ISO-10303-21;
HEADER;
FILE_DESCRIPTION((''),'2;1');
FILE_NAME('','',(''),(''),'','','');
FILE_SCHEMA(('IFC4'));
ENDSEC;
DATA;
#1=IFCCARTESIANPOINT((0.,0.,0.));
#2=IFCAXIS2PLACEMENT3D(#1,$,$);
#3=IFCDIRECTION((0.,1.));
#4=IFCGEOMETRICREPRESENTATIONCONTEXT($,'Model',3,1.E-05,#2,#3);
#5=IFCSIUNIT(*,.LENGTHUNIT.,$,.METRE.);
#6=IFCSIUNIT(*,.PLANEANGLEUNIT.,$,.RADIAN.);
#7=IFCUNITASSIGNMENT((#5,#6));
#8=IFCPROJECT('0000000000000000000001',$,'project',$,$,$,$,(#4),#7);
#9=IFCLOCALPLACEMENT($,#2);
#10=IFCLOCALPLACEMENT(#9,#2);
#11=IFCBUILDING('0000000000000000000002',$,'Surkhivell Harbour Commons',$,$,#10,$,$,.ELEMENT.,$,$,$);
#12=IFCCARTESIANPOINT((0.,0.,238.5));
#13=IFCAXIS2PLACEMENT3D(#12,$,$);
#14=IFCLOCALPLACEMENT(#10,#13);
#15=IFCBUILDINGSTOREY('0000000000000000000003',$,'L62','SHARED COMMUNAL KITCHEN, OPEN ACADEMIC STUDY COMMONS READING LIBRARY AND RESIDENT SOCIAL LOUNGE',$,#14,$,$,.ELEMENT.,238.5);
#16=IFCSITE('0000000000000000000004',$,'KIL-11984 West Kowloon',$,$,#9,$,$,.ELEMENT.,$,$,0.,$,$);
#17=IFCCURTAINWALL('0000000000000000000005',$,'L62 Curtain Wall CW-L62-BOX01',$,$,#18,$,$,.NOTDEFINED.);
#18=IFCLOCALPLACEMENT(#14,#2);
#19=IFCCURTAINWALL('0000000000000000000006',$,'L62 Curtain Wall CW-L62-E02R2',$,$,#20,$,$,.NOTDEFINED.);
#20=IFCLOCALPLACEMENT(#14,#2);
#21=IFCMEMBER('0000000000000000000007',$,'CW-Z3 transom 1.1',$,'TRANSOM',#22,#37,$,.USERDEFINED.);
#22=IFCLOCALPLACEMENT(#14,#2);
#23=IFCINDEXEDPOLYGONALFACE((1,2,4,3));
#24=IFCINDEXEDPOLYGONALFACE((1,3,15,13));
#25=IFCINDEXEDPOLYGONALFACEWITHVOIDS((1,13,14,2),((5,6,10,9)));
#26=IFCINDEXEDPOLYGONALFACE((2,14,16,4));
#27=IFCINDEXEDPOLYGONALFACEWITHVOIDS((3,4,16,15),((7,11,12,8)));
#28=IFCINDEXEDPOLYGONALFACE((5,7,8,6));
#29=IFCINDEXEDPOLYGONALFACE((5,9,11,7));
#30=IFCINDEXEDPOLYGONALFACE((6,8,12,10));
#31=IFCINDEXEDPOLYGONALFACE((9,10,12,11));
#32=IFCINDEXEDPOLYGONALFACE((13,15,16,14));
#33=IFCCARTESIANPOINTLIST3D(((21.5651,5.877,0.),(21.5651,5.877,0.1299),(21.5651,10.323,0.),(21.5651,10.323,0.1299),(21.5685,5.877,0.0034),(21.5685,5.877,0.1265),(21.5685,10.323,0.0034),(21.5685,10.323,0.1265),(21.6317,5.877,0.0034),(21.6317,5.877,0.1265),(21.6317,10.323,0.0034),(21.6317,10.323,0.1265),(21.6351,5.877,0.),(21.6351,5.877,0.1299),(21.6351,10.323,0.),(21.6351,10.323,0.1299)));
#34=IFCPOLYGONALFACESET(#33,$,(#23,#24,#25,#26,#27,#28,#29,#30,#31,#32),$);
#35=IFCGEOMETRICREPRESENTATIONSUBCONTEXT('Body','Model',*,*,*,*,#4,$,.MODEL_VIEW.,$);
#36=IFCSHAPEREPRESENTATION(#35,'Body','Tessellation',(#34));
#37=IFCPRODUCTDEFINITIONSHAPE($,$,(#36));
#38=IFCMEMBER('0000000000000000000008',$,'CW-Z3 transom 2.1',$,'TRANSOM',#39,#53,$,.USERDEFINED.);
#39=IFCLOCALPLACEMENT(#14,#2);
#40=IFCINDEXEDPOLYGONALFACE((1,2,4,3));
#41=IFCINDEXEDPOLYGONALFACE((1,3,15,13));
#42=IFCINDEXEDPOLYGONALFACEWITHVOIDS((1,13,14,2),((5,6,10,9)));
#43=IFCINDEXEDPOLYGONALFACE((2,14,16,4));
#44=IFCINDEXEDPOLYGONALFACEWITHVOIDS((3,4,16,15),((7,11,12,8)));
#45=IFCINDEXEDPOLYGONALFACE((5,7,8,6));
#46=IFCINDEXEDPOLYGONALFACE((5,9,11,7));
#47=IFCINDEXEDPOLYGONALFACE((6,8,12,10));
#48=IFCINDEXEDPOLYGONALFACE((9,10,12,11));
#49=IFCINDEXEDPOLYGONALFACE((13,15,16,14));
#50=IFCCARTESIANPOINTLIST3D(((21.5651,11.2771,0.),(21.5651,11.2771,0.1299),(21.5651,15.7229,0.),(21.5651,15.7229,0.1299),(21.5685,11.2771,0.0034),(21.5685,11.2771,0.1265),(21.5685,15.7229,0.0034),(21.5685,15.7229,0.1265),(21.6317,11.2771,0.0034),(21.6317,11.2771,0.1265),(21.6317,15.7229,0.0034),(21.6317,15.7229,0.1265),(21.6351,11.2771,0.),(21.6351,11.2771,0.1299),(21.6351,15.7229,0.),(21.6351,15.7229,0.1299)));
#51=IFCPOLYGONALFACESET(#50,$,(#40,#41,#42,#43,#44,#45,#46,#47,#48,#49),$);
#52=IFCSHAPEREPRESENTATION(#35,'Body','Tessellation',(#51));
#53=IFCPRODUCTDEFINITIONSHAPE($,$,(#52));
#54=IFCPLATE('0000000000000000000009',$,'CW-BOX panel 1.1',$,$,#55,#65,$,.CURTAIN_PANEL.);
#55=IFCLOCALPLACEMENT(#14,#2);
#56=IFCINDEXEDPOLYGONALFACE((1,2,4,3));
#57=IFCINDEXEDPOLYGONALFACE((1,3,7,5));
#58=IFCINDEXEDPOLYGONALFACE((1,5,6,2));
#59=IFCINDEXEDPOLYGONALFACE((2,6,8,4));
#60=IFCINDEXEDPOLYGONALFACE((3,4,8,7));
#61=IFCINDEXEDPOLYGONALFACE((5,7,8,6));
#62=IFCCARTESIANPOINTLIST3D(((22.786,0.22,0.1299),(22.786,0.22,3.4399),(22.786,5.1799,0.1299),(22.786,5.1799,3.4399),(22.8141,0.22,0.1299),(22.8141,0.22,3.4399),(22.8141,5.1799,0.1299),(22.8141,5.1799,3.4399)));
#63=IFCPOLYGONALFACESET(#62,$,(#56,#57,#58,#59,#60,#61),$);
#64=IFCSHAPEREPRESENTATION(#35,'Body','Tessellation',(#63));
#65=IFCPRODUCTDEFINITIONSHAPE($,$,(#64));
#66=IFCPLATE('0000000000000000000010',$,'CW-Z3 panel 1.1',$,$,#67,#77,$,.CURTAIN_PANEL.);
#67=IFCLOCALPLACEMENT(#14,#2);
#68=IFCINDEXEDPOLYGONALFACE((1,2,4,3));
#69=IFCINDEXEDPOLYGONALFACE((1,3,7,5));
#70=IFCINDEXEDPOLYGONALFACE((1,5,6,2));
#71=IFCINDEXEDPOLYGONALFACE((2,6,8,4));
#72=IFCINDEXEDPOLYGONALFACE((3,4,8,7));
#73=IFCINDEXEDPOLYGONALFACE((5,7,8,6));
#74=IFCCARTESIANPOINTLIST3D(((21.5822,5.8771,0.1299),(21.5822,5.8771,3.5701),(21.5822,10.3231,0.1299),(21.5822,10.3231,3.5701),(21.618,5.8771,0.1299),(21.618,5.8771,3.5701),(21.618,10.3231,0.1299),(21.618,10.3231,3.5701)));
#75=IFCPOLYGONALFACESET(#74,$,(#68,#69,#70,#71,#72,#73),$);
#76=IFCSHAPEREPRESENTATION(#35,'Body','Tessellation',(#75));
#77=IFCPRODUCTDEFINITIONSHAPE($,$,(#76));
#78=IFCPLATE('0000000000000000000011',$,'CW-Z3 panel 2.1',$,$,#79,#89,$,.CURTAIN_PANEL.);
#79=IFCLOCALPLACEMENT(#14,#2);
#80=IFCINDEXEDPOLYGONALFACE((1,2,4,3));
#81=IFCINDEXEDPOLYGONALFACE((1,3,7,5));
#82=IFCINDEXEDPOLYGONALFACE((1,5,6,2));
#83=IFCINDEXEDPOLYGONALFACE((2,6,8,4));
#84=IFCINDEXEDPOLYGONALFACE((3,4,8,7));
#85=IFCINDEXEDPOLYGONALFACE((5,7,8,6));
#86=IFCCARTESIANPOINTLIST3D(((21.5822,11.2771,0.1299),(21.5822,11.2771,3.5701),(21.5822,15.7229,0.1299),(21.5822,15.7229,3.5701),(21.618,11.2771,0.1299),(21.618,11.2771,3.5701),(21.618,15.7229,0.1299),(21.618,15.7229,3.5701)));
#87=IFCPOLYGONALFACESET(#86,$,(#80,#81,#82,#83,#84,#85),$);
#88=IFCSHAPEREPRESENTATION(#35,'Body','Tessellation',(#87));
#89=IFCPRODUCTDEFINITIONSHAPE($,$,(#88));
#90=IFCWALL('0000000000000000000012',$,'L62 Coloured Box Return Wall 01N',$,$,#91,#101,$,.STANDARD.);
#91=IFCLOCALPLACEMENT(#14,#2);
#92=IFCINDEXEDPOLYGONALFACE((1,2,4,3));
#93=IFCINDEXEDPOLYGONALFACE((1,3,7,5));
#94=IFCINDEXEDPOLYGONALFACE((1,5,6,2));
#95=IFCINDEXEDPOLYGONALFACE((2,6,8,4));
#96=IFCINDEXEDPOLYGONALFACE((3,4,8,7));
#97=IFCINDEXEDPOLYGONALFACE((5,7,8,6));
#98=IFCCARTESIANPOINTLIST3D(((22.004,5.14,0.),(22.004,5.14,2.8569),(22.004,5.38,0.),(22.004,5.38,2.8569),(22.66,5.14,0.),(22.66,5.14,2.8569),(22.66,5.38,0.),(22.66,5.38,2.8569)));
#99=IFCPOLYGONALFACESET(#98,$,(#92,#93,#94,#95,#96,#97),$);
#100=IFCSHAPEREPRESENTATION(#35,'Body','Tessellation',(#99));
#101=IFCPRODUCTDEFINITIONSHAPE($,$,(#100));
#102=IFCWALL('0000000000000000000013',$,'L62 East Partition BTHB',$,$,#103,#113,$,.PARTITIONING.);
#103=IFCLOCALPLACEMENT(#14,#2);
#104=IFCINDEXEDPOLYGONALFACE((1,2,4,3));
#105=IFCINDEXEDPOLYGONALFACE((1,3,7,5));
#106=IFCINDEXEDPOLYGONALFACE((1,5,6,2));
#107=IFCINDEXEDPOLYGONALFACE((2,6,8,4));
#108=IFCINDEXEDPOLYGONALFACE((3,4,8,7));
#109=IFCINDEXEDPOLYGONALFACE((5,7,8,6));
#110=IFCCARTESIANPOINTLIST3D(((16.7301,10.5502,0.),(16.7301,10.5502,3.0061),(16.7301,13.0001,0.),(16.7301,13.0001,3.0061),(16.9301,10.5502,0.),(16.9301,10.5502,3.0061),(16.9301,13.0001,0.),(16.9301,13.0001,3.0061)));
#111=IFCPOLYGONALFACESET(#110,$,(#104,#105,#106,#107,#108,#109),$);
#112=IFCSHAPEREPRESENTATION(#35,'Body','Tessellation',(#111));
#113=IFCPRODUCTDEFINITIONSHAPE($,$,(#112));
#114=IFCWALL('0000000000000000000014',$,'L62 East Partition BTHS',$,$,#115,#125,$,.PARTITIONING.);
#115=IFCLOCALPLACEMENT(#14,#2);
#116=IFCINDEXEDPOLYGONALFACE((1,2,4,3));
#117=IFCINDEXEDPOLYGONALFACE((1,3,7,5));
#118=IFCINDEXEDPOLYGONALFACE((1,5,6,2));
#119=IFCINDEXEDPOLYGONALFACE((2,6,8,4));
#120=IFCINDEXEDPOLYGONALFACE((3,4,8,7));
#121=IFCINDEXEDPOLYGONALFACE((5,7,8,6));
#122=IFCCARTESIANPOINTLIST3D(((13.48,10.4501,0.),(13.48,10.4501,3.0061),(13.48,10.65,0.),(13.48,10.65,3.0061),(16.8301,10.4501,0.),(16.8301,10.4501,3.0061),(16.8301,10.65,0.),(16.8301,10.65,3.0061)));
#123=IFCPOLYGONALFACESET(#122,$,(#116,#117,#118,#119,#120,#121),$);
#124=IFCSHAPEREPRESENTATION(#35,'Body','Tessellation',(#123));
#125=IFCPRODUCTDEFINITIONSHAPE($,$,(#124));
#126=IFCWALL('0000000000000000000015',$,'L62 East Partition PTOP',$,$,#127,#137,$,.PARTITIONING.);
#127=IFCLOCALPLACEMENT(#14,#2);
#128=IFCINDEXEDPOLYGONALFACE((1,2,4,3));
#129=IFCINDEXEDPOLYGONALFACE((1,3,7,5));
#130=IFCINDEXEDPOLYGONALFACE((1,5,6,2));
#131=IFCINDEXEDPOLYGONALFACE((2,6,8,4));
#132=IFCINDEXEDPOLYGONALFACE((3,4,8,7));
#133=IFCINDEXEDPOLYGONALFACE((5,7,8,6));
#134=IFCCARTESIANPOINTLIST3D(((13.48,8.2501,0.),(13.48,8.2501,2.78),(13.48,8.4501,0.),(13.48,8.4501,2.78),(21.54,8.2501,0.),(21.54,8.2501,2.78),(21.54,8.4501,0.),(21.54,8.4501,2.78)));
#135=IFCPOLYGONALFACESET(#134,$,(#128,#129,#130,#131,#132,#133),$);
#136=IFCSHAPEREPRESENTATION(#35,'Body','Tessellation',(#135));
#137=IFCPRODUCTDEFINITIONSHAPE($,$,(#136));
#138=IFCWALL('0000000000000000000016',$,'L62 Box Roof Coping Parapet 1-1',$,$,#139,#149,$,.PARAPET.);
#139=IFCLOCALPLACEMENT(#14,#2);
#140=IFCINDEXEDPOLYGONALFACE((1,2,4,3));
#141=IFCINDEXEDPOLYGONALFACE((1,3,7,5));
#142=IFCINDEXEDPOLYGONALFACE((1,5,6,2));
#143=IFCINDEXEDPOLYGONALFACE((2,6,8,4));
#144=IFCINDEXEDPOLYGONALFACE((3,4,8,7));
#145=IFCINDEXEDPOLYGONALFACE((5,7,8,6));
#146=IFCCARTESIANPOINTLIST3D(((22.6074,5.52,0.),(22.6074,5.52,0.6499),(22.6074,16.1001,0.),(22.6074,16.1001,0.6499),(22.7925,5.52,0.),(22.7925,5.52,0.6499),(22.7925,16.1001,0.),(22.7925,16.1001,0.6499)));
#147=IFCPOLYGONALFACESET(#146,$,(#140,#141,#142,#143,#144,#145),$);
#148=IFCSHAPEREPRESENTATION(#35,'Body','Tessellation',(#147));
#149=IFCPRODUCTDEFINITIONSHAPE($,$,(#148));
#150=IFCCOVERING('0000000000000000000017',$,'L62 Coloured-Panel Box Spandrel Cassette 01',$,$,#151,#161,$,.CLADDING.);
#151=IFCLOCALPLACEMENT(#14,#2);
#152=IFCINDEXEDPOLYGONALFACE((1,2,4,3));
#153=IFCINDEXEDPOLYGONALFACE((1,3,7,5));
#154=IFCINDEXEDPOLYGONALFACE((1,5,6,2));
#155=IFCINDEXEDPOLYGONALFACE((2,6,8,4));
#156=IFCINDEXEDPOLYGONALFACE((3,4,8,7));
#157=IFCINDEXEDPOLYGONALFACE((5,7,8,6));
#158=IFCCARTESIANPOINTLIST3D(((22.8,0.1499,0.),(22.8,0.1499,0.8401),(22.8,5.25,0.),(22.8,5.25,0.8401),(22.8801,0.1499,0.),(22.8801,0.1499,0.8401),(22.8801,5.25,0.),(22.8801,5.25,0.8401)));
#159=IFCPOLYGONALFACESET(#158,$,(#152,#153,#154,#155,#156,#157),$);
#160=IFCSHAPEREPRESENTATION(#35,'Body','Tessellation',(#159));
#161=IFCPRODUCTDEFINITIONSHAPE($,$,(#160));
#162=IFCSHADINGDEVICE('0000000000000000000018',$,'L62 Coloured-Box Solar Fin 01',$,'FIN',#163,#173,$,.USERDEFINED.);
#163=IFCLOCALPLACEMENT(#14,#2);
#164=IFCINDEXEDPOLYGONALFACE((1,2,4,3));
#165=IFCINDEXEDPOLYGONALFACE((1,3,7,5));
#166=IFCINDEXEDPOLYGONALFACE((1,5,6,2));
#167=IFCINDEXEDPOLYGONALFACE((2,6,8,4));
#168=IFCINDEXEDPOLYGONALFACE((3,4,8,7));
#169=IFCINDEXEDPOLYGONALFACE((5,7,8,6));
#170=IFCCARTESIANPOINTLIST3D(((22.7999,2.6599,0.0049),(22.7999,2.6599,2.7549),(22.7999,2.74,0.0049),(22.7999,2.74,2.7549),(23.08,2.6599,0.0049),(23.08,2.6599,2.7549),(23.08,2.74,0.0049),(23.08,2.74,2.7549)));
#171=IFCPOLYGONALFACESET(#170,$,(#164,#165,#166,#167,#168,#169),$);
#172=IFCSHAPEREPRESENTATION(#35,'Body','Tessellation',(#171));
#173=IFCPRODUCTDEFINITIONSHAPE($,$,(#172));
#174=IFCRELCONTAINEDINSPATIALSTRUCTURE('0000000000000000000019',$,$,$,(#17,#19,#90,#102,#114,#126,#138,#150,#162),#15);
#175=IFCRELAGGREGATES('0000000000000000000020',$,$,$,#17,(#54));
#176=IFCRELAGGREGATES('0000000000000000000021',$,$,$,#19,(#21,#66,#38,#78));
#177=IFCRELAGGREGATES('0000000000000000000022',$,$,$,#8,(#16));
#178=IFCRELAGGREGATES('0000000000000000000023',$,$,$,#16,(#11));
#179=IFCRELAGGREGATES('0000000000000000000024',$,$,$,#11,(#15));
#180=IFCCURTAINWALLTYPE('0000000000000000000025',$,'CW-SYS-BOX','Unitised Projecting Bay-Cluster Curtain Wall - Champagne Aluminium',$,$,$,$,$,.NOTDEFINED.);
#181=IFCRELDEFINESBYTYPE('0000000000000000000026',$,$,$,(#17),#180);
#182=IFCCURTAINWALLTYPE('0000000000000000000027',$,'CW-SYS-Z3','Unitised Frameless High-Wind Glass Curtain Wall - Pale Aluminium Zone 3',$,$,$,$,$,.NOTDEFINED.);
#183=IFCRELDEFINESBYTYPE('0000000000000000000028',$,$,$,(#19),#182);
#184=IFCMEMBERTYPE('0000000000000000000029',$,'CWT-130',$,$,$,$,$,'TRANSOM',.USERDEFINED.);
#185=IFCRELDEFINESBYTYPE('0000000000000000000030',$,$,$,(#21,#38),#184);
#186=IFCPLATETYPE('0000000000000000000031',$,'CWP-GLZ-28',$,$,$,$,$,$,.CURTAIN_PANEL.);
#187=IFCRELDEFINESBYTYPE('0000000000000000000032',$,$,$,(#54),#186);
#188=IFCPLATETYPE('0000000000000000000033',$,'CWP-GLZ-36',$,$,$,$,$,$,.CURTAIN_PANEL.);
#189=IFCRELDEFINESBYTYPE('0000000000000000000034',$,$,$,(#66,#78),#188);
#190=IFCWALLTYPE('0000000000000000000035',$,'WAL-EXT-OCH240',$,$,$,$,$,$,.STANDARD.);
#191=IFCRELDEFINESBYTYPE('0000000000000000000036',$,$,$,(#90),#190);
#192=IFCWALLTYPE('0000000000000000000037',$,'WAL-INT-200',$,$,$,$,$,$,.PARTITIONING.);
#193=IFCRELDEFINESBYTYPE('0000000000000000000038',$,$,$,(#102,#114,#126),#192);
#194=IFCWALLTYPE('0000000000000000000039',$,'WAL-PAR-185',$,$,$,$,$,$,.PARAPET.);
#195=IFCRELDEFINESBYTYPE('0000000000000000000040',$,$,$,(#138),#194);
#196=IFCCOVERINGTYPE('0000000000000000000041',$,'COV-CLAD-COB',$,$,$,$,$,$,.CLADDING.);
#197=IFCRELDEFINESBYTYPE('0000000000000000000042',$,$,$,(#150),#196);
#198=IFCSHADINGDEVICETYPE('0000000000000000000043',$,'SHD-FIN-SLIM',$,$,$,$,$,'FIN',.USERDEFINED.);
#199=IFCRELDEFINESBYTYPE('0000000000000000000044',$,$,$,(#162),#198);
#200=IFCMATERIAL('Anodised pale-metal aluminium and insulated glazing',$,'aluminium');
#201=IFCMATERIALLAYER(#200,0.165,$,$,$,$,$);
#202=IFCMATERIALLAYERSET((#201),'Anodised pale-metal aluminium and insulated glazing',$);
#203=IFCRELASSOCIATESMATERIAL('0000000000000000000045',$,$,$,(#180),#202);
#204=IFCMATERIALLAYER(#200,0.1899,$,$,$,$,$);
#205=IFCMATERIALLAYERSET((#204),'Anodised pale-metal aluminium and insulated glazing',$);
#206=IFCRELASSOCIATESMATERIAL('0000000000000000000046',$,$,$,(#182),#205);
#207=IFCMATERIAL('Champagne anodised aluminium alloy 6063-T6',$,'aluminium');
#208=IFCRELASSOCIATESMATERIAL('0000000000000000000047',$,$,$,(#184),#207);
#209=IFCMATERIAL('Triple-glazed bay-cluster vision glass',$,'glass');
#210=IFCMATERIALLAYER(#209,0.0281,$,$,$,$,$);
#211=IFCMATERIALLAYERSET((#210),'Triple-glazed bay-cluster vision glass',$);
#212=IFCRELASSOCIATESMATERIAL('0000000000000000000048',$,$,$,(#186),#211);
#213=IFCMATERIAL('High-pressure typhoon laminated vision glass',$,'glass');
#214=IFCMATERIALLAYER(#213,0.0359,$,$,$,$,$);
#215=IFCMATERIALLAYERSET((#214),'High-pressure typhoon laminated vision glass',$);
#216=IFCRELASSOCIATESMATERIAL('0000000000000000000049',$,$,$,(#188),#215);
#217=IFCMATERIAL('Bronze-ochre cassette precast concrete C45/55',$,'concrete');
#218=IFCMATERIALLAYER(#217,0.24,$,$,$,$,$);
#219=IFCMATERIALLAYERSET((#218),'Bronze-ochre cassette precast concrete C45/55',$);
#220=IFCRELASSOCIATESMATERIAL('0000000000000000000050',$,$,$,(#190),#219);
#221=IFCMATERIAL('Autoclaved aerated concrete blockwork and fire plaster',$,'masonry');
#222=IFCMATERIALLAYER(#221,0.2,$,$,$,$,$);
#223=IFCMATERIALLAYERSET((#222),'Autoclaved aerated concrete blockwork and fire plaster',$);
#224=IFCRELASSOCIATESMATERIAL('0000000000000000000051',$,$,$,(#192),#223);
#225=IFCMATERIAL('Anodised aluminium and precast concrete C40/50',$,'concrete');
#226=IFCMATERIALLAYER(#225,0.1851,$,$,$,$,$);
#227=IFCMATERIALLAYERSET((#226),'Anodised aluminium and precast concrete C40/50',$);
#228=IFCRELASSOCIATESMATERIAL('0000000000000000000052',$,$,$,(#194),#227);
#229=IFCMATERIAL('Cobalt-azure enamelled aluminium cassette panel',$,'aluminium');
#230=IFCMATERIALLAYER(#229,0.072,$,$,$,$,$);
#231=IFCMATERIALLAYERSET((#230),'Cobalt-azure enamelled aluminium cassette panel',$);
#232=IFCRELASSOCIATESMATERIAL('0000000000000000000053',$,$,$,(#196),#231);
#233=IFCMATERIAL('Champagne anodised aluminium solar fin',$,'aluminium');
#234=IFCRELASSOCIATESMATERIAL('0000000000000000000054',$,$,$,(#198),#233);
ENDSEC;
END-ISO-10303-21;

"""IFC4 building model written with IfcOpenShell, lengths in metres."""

from ifc_helpers import new_model, si_unit, direction, frame, frame_2d, origin, origin_2d, place, context, subcontext, project, spatial, rectangle, hollow_rectangle, extrude, material, layer, layer_set, material_profile, profile_set, type_object, element, aggregate, save


model = new_model("IFC4")

# Units and contexts
model_context = context("Model", 3, precision=1e-05, world=origin(), true_north=direction((0.0, 1.0)))
body_context = subcontext(model_context, "Body", "Model", "MODEL_VIEW")
ifc_project = project(units=[si_unit("LENGTHUNIT", "METRE"), si_unit("PLANEANGLEUNIT", "RADIAN")], contexts=[model_context])

# Site, building, storey
site_placement = place(None, origin())
site = spatial("IfcSite", under=ifc_project, at=site_placement, Name="KIL-11984 West Kowloon", CompositionType="ELEMENT", RefElevation=0.0)
building_placement = place(site_placement, origin())
building = spatial("IfcBuilding", under=site, at=building_placement, Name="Surkhivell Harbour Commons", CompositionType="ELEMENT")
storey_placement = place(building_placement, frame((0.0, 0.0, 238.5)))
storey = spatial("IfcBuildingStorey", under=building, at=storey_placement, Name="L62", Description="SHARED COMMUNAL KITCHEN, OPEN ACADEMIC STUDY COMMONS READING LIBRARY AND RESIDENT SOCIAL LOUNGE", CompositionType="ELEMENT", Elevation=238.5)

# Curtain wall
ifc_material_1 = material(Name="Anodised pale-metal aluminium and insulated glazing", Category="aluminium")
ifc_layer_1 = layer(ifc_material_1, 0.165)
ifc_layer_set_1 = layer_set([ifc_layer_1], Name="Anodised pale-metal aluminium and insulated glazing")
curtain_wall_type_1 = type_object("IfcCurtainWallType", Name="CW-SYS-BOX", Description="Unitised Projecting Bay-Cluster Curtain Wall - Champagne Aluminium", PredefinedType="NOTDEFINED", material=ifc_layer_set_1)
curtain_wall_1_placement = place(storey_placement, origin())
curtain_wall_1 = element("IfcCurtainWall", 1, at=curtain_wall_1_placement, inside=storey, type_object=curtain_wall_type_1, Name="L62 Curtain Wall CW-L62-BOX01", PredefinedType="NOTDEFINED")
ifc_material_2 = material(Name="Champagne anodised aluminium alloy 6063-T6", Category="aluminium")

# Curtain wall
ifc_layer_2 = layer(ifc_material_1, 0.1899)
ifc_layer_set_2 = layer_set([ifc_layer_2], Name="Anodised pale-metal aluminium and insulated glazing")
curtain_wall_type_2 = type_object("IfcCurtainWallType", Name="CW-SYS-Z3", Description="Unitised Frameless High-Wind Glass Curtain Wall - Pale Aluminium Zone 3", PredefinedType="NOTDEFINED", material=ifc_layer_set_2)
curtain_wall_2_placement = place(storey_placement, origin())
curtain_wall_2 = element("IfcCurtainWall", 2, at=curtain_wall_2_placement, inside=storey, type_object=curtain_wall_type_2, Name="L62 Curtain Wall CW-L62-E02R2", PredefinedType="NOTDEFINED")

# Members
ifc_material_profile_1 = material_profile(ifc_material_2, hollow_rectangle(XDim=0.0701, YDim=0.1299, WallThickness=0.0034, at=origin_2d()), Name="ALU-TRAN-70x130")
ifc_profile_set_1 = profile_set([ifc_material_profile_1], Name="Champagne anodised aluminium alloy 6063-T6")
member_type_1 = type_object("IfcMemberType", Name="CWT-130", ElementType="TRANSOM", PredefinedType="USERDEFINED", material=ifc_profile_set_1)
member_1_placement = place(storey_placement, frame((21.6001, 5.877, 0.0649), z_axis=(0.0, 1.0, 0.0), x_axis=(-1.0, 0.0, 0.0)))
member_1 = element("IfcMember", 3, at=member_1_placement, type_object=member_type_1, Name="CW-Z3 transom 1.1", ObjectType="TRANSOM", PredefinedType="USERDEFINED", context=body_context, shape_type="SweptSolid", body=[
    extrude(hollow_rectangle(XDim=0.0701, YDim=0.1299, WallThickness=0.0034, at=origin_2d()), origin(), (0.0, 0.0, 1.0), 4.446),
])
member_2_placement = place(storey_placement, frame((21.6001, 11.2771, 0.0649), z_axis=(0.0, 1.0, 0.0), x_axis=(-1.0, 0.0, 0.0)))
member_2 = element("IfcMember", 4, at=member_2_placement, type_object=member_type_1, Name="CW-Z3 transom 2.1", ObjectType="TRANSOM", PredefinedType="USERDEFINED", context=body_context, shape_type="SweptSolid", body=[
    extrude(hollow_rectangle(XDim=0.0701, YDim=0.1299, WallThickness=0.0034, at=origin_2d()), origin(), (0.0, 0.0, 1.0), 4.4458),
])

# Plates
ifc_material_3 = material(Name="Triple-glazed bay-cluster vision glass", Category="glass")
ifc_layer_3 = layer(ifc_material_3, 0.0281)
ifc_layer_set_3 = layer_set([ifc_layer_3], Name="Triple-glazed bay-cluster vision glass")
plate_type_1 = type_object("IfcPlateType", Name="CWP-GLZ-28", PredefinedType="CURTAIN_PANEL", material=ifc_layer_set_3)
plate_1_placement = place(storey_placement, frame((22.8, 0.22, 0.1299), z_axis=(0.0, 0.0, 1.0), x_axis=(0.0, 1.0, 0.0)))
plate_1 = element("IfcPlate", 5, at=plate_1_placement, type_object=plate_type_1, Name="CW-BOX panel 1.1", PredefinedType="CURTAIN_PANEL", context=body_context, shape_type="SweptSolid", body=[
    extrude(rectangle(XDim=4.96, YDim=0.0281, at=frame_2d((2.48, 0.0))), origin(), (0.0, 0.0, 1.0), 3.3101),
])
aggregate(curtain_wall_1, [plate_1])
ifc_material_4 = material(Name="High-pressure typhoon laminated vision glass", Category="glass")
ifc_layer_4 = layer(ifc_material_4, 0.0359)
ifc_layer_set_4 = layer_set([ifc_layer_4], Name="High-pressure typhoon laminated vision glass")
plate_type_2 = type_object("IfcPlateType", Name="CWP-GLZ-36", PredefinedType="CURTAIN_PANEL", material=ifc_layer_set_4)
plate_2_placement = place(storey_placement, frame((21.6001, 5.877, 0.1299), z_axis=(0.0, 0.0, 1.0), x_axis=(0.0, 1.0, 0.0)))
plate_2 = element("IfcPlate", 6, at=plate_2_placement, type_object=plate_type_2, Name="CW-Z3 panel 1.1", PredefinedType="CURTAIN_PANEL", context=body_context, shape_type="SweptSolid", body=[
    extrude(rectangle(XDim=4.446, YDim=0.0359, at=frame_2d((2.2231, 0.0))), origin(), (0.0, 0.0, 1.0), 3.4402),
])
plate_3_placement = place(storey_placement, frame((21.6001, 11.2771, 0.1299), z_axis=(0.0, 0.0, 1.0), x_axis=(0.0, 1.0, 0.0)))
plate_3 = element("IfcPlate", 7, at=plate_3_placement, type_object=plate_type_2, Name="CW-Z3 panel 2.1", PredefinedType="CURTAIN_PANEL", context=body_context, shape_type="SweptSolid", body=[
    extrude(rectangle(XDim=4.4458, YDim=0.0359, at=frame_2d((2.2229, 0.0))), origin(), (0.0, 0.0, 1.0), 3.4402),
])
aggregate(curtain_wall_2, [member_1, plate_2, member_2, plate_3])

# Walls
ifc_material_5 = material(Name="Bronze-ochre cassette precast concrete C45/55", Category="concrete")
ifc_layer_5 = layer(ifc_material_5, 0.24)
ifc_layer_set_5 = layer_set([ifc_layer_5], Name="Bronze-ochre cassette precast concrete C45/55")
wall_type_1 = type_object("IfcWallType", Name="WAL-EXT-OCH240", PredefinedType="STANDARD", material=ifc_layer_set_5)
wall_1_placement = place(storey_placement, frame((22.0039, 5.26, 0.0), z_axis=(0.0, 0.0, 1.0), x_axis=(1.0, 0.0, 0.0)))
element("IfcWall", 8, at=wall_1_placement, inside=storey, type_object=wall_type_1, Name="L62 Coloured Box Return Wall 01N", PredefinedType="STANDARD", context=body_context, shape_type="SweptSolid", body=[
    extrude(rectangle(XDim=0.656, YDim=0.24, at=frame_2d((0.3281, 0.0))), origin(), (0.0, 0.0, 1.0), 2.8569),
])
ifc_material_6 = material(Name="Autoclaved aerated concrete blockwork and fire plaster", Category="masonry")
ifc_layer_6 = layer(ifc_material_6, 0.2)
ifc_layer_set_6 = layer_set([ifc_layer_6], Name="Autoclaved aerated concrete blockwork and fire plaster")
wall_type_2 = type_object("IfcWallType", Name="WAL-INT-200", PredefinedType="PARTITIONING", material=ifc_layer_set_6)
wall_2_placement = place(storey_placement, frame((16.8301, 10.55, 0.0), z_axis=(0.0, 0.0, 1.0), x_axis=(0.0, 1.0, 0.0)))
element("IfcWall", 9, at=wall_2_placement, inside=storey, type_object=wall_type_2, Name="L62 East Partition BTHB", PredefinedType="PARTITIONING", context=body_context, shape_type="SweptSolid", body=[
    extrude(rectangle(XDim=2.45, YDim=0.2, at=frame_2d((1.2251, 0.0))), origin(), (0.0, 0.0, 1.0), 3.0061),
])
wall_3_placement = place(storey_placement, frame((13.48, 10.55, 0.0), z_axis=(0.0, 0.0, 1.0), x_axis=(1.0, 0.0, 0.0)))
element("IfcWall", 10, at=wall_3_placement, inside=storey, type_object=wall_type_2, Name="L62 East Partition BTHS", PredefinedType="PARTITIONING", context=body_context, shape_type="SweptSolid", body=[
    extrude(rectangle(XDim=3.3501, YDim=0.2, at=frame_2d((1.675, 0.0))), origin(), (0.0, 0.0, 1.0), 3.0061),
])
wall_4_placement = place(storey_placement, frame((13.48, 8.3501, 0.0), z_axis=(0.0, 0.0, 1.0), x_axis=(1.0, 0.0, 0.0)))
element("IfcWall", 11, at=wall_4_placement, inside=storey, type_object=wall_type_2, Name="L62 East Partition PTOP", PredefinedType="PARTITIONING", context=body_context, shape_type="SweptSolid", body=[
    extrude(rectangle(XDim=8.0601, YDim=0.2, at=frame_2d((4.03, 0.0))), origin(), (0.0, 0.0, 1.0), 2.78),
])
ifc_material_7 = material(Name="Anodised aluminium and precast concrete C40/50", Category="concrete")
ifc_layer_7 = layer(ifc_material_7, 0.1851)
ifc_layer_set_7 = layer_set([ifc_layer_7], Name="Anodised aluminium and precast concrete C40/50")
wall_type_3 = type_object("IfcWallType", Name="WAL-PAR-185", PredefinedType="PARAPET", material=ifc_layer_set_7)
wall_5_placement = place(storey_placement, frame((22.7, 5.52, 0.0), z_axis=(0.0, 0.0, 1.0), x_axis=(0.0, 1.0, 0.0)))
element("IfcWall", 12, at=wall_5_placement, inside=storey, type_object=wall_type_3, Name="L62 Box Roof Coping Parapet 1-1", PredefinedType="PARAPET", context=body_context, shape_type="SweptSolid", body=[
    extrude(rectangle(XDim=10.5801, YDim=0.1851, at=frame_2d((5.29, 0.0))), origin(), (0.0, 0.0, 1.0), 0.6499),
])

# Covering
ifc_material_8 = material(Name="Cobalt-azure enamelled aluminium cassette panel", Category="aluminium")
ifc_layer_8 = layer(ifc_material_8, 0.072)
ifc_layer_set_8 = layer_set([ifc_layer_8], Name="Cobalt-azure enamelled aluminium cassette panel")
covering_type = type_object("IfcCoveringType", Name="COV-CLAD-COB", PredefinedType="CLADDING", material=ifc_layer_set_8)
covering_placement = place(storey_placement, frame((22.8401, 2.7, 0.0), z_axis=(0.0, 0.0, 1.0), x_axis=(1.0, 0.0, 0.0)))
element("IfcCovering", 13, at=covering_placement, inside=storey, type_object=covering_type, Name="L62 Coloured-Panel Box Spandrel Cassette 01", PredefinedType="CLADDING", context=body_context, shape_type="SweptSolid", body=[
    extrude(rectangle(XDim=0.0801, YDim=5.1001, at=origin_2d()), origin(), (0.0, 0.0, 1.0), 0.8401),
])

# Shading device
ifc_material_9 = material(Name="Champagne anodised aluminium solar fin", Category="aluminium")
shading_device_type = type_object("IfcShadingDeviceType", Name="SHD-FIN-SLIM", ElementType="FIN", PredefinedType="USERDEFINED", material=ifc_material_9)
shading_device_placement = place(storey_placement, frame((22.9399, 2.7, 0.0049), z_axis=(0.0, 0.0, 1.0), x_axis=(1.0, 0.0, 0.0)))
element("IfcShadingDevice", 14, at=shading_device_placement, inside=storey, type_object=shading_device_type, Name="L62 Coloured-Box Solar Fin 01", ObjectType="FIN", PredefinedType="USERDEFINED", context=body_context, shape_type="SweptSolid", body=[
    extrude(rectangle(XDim=0.28, YDim=0.0801, at=origin_2d()), origin(), (0.0, 0.0, 1.0), 2.75),
])

save(model, "model.ifc")
